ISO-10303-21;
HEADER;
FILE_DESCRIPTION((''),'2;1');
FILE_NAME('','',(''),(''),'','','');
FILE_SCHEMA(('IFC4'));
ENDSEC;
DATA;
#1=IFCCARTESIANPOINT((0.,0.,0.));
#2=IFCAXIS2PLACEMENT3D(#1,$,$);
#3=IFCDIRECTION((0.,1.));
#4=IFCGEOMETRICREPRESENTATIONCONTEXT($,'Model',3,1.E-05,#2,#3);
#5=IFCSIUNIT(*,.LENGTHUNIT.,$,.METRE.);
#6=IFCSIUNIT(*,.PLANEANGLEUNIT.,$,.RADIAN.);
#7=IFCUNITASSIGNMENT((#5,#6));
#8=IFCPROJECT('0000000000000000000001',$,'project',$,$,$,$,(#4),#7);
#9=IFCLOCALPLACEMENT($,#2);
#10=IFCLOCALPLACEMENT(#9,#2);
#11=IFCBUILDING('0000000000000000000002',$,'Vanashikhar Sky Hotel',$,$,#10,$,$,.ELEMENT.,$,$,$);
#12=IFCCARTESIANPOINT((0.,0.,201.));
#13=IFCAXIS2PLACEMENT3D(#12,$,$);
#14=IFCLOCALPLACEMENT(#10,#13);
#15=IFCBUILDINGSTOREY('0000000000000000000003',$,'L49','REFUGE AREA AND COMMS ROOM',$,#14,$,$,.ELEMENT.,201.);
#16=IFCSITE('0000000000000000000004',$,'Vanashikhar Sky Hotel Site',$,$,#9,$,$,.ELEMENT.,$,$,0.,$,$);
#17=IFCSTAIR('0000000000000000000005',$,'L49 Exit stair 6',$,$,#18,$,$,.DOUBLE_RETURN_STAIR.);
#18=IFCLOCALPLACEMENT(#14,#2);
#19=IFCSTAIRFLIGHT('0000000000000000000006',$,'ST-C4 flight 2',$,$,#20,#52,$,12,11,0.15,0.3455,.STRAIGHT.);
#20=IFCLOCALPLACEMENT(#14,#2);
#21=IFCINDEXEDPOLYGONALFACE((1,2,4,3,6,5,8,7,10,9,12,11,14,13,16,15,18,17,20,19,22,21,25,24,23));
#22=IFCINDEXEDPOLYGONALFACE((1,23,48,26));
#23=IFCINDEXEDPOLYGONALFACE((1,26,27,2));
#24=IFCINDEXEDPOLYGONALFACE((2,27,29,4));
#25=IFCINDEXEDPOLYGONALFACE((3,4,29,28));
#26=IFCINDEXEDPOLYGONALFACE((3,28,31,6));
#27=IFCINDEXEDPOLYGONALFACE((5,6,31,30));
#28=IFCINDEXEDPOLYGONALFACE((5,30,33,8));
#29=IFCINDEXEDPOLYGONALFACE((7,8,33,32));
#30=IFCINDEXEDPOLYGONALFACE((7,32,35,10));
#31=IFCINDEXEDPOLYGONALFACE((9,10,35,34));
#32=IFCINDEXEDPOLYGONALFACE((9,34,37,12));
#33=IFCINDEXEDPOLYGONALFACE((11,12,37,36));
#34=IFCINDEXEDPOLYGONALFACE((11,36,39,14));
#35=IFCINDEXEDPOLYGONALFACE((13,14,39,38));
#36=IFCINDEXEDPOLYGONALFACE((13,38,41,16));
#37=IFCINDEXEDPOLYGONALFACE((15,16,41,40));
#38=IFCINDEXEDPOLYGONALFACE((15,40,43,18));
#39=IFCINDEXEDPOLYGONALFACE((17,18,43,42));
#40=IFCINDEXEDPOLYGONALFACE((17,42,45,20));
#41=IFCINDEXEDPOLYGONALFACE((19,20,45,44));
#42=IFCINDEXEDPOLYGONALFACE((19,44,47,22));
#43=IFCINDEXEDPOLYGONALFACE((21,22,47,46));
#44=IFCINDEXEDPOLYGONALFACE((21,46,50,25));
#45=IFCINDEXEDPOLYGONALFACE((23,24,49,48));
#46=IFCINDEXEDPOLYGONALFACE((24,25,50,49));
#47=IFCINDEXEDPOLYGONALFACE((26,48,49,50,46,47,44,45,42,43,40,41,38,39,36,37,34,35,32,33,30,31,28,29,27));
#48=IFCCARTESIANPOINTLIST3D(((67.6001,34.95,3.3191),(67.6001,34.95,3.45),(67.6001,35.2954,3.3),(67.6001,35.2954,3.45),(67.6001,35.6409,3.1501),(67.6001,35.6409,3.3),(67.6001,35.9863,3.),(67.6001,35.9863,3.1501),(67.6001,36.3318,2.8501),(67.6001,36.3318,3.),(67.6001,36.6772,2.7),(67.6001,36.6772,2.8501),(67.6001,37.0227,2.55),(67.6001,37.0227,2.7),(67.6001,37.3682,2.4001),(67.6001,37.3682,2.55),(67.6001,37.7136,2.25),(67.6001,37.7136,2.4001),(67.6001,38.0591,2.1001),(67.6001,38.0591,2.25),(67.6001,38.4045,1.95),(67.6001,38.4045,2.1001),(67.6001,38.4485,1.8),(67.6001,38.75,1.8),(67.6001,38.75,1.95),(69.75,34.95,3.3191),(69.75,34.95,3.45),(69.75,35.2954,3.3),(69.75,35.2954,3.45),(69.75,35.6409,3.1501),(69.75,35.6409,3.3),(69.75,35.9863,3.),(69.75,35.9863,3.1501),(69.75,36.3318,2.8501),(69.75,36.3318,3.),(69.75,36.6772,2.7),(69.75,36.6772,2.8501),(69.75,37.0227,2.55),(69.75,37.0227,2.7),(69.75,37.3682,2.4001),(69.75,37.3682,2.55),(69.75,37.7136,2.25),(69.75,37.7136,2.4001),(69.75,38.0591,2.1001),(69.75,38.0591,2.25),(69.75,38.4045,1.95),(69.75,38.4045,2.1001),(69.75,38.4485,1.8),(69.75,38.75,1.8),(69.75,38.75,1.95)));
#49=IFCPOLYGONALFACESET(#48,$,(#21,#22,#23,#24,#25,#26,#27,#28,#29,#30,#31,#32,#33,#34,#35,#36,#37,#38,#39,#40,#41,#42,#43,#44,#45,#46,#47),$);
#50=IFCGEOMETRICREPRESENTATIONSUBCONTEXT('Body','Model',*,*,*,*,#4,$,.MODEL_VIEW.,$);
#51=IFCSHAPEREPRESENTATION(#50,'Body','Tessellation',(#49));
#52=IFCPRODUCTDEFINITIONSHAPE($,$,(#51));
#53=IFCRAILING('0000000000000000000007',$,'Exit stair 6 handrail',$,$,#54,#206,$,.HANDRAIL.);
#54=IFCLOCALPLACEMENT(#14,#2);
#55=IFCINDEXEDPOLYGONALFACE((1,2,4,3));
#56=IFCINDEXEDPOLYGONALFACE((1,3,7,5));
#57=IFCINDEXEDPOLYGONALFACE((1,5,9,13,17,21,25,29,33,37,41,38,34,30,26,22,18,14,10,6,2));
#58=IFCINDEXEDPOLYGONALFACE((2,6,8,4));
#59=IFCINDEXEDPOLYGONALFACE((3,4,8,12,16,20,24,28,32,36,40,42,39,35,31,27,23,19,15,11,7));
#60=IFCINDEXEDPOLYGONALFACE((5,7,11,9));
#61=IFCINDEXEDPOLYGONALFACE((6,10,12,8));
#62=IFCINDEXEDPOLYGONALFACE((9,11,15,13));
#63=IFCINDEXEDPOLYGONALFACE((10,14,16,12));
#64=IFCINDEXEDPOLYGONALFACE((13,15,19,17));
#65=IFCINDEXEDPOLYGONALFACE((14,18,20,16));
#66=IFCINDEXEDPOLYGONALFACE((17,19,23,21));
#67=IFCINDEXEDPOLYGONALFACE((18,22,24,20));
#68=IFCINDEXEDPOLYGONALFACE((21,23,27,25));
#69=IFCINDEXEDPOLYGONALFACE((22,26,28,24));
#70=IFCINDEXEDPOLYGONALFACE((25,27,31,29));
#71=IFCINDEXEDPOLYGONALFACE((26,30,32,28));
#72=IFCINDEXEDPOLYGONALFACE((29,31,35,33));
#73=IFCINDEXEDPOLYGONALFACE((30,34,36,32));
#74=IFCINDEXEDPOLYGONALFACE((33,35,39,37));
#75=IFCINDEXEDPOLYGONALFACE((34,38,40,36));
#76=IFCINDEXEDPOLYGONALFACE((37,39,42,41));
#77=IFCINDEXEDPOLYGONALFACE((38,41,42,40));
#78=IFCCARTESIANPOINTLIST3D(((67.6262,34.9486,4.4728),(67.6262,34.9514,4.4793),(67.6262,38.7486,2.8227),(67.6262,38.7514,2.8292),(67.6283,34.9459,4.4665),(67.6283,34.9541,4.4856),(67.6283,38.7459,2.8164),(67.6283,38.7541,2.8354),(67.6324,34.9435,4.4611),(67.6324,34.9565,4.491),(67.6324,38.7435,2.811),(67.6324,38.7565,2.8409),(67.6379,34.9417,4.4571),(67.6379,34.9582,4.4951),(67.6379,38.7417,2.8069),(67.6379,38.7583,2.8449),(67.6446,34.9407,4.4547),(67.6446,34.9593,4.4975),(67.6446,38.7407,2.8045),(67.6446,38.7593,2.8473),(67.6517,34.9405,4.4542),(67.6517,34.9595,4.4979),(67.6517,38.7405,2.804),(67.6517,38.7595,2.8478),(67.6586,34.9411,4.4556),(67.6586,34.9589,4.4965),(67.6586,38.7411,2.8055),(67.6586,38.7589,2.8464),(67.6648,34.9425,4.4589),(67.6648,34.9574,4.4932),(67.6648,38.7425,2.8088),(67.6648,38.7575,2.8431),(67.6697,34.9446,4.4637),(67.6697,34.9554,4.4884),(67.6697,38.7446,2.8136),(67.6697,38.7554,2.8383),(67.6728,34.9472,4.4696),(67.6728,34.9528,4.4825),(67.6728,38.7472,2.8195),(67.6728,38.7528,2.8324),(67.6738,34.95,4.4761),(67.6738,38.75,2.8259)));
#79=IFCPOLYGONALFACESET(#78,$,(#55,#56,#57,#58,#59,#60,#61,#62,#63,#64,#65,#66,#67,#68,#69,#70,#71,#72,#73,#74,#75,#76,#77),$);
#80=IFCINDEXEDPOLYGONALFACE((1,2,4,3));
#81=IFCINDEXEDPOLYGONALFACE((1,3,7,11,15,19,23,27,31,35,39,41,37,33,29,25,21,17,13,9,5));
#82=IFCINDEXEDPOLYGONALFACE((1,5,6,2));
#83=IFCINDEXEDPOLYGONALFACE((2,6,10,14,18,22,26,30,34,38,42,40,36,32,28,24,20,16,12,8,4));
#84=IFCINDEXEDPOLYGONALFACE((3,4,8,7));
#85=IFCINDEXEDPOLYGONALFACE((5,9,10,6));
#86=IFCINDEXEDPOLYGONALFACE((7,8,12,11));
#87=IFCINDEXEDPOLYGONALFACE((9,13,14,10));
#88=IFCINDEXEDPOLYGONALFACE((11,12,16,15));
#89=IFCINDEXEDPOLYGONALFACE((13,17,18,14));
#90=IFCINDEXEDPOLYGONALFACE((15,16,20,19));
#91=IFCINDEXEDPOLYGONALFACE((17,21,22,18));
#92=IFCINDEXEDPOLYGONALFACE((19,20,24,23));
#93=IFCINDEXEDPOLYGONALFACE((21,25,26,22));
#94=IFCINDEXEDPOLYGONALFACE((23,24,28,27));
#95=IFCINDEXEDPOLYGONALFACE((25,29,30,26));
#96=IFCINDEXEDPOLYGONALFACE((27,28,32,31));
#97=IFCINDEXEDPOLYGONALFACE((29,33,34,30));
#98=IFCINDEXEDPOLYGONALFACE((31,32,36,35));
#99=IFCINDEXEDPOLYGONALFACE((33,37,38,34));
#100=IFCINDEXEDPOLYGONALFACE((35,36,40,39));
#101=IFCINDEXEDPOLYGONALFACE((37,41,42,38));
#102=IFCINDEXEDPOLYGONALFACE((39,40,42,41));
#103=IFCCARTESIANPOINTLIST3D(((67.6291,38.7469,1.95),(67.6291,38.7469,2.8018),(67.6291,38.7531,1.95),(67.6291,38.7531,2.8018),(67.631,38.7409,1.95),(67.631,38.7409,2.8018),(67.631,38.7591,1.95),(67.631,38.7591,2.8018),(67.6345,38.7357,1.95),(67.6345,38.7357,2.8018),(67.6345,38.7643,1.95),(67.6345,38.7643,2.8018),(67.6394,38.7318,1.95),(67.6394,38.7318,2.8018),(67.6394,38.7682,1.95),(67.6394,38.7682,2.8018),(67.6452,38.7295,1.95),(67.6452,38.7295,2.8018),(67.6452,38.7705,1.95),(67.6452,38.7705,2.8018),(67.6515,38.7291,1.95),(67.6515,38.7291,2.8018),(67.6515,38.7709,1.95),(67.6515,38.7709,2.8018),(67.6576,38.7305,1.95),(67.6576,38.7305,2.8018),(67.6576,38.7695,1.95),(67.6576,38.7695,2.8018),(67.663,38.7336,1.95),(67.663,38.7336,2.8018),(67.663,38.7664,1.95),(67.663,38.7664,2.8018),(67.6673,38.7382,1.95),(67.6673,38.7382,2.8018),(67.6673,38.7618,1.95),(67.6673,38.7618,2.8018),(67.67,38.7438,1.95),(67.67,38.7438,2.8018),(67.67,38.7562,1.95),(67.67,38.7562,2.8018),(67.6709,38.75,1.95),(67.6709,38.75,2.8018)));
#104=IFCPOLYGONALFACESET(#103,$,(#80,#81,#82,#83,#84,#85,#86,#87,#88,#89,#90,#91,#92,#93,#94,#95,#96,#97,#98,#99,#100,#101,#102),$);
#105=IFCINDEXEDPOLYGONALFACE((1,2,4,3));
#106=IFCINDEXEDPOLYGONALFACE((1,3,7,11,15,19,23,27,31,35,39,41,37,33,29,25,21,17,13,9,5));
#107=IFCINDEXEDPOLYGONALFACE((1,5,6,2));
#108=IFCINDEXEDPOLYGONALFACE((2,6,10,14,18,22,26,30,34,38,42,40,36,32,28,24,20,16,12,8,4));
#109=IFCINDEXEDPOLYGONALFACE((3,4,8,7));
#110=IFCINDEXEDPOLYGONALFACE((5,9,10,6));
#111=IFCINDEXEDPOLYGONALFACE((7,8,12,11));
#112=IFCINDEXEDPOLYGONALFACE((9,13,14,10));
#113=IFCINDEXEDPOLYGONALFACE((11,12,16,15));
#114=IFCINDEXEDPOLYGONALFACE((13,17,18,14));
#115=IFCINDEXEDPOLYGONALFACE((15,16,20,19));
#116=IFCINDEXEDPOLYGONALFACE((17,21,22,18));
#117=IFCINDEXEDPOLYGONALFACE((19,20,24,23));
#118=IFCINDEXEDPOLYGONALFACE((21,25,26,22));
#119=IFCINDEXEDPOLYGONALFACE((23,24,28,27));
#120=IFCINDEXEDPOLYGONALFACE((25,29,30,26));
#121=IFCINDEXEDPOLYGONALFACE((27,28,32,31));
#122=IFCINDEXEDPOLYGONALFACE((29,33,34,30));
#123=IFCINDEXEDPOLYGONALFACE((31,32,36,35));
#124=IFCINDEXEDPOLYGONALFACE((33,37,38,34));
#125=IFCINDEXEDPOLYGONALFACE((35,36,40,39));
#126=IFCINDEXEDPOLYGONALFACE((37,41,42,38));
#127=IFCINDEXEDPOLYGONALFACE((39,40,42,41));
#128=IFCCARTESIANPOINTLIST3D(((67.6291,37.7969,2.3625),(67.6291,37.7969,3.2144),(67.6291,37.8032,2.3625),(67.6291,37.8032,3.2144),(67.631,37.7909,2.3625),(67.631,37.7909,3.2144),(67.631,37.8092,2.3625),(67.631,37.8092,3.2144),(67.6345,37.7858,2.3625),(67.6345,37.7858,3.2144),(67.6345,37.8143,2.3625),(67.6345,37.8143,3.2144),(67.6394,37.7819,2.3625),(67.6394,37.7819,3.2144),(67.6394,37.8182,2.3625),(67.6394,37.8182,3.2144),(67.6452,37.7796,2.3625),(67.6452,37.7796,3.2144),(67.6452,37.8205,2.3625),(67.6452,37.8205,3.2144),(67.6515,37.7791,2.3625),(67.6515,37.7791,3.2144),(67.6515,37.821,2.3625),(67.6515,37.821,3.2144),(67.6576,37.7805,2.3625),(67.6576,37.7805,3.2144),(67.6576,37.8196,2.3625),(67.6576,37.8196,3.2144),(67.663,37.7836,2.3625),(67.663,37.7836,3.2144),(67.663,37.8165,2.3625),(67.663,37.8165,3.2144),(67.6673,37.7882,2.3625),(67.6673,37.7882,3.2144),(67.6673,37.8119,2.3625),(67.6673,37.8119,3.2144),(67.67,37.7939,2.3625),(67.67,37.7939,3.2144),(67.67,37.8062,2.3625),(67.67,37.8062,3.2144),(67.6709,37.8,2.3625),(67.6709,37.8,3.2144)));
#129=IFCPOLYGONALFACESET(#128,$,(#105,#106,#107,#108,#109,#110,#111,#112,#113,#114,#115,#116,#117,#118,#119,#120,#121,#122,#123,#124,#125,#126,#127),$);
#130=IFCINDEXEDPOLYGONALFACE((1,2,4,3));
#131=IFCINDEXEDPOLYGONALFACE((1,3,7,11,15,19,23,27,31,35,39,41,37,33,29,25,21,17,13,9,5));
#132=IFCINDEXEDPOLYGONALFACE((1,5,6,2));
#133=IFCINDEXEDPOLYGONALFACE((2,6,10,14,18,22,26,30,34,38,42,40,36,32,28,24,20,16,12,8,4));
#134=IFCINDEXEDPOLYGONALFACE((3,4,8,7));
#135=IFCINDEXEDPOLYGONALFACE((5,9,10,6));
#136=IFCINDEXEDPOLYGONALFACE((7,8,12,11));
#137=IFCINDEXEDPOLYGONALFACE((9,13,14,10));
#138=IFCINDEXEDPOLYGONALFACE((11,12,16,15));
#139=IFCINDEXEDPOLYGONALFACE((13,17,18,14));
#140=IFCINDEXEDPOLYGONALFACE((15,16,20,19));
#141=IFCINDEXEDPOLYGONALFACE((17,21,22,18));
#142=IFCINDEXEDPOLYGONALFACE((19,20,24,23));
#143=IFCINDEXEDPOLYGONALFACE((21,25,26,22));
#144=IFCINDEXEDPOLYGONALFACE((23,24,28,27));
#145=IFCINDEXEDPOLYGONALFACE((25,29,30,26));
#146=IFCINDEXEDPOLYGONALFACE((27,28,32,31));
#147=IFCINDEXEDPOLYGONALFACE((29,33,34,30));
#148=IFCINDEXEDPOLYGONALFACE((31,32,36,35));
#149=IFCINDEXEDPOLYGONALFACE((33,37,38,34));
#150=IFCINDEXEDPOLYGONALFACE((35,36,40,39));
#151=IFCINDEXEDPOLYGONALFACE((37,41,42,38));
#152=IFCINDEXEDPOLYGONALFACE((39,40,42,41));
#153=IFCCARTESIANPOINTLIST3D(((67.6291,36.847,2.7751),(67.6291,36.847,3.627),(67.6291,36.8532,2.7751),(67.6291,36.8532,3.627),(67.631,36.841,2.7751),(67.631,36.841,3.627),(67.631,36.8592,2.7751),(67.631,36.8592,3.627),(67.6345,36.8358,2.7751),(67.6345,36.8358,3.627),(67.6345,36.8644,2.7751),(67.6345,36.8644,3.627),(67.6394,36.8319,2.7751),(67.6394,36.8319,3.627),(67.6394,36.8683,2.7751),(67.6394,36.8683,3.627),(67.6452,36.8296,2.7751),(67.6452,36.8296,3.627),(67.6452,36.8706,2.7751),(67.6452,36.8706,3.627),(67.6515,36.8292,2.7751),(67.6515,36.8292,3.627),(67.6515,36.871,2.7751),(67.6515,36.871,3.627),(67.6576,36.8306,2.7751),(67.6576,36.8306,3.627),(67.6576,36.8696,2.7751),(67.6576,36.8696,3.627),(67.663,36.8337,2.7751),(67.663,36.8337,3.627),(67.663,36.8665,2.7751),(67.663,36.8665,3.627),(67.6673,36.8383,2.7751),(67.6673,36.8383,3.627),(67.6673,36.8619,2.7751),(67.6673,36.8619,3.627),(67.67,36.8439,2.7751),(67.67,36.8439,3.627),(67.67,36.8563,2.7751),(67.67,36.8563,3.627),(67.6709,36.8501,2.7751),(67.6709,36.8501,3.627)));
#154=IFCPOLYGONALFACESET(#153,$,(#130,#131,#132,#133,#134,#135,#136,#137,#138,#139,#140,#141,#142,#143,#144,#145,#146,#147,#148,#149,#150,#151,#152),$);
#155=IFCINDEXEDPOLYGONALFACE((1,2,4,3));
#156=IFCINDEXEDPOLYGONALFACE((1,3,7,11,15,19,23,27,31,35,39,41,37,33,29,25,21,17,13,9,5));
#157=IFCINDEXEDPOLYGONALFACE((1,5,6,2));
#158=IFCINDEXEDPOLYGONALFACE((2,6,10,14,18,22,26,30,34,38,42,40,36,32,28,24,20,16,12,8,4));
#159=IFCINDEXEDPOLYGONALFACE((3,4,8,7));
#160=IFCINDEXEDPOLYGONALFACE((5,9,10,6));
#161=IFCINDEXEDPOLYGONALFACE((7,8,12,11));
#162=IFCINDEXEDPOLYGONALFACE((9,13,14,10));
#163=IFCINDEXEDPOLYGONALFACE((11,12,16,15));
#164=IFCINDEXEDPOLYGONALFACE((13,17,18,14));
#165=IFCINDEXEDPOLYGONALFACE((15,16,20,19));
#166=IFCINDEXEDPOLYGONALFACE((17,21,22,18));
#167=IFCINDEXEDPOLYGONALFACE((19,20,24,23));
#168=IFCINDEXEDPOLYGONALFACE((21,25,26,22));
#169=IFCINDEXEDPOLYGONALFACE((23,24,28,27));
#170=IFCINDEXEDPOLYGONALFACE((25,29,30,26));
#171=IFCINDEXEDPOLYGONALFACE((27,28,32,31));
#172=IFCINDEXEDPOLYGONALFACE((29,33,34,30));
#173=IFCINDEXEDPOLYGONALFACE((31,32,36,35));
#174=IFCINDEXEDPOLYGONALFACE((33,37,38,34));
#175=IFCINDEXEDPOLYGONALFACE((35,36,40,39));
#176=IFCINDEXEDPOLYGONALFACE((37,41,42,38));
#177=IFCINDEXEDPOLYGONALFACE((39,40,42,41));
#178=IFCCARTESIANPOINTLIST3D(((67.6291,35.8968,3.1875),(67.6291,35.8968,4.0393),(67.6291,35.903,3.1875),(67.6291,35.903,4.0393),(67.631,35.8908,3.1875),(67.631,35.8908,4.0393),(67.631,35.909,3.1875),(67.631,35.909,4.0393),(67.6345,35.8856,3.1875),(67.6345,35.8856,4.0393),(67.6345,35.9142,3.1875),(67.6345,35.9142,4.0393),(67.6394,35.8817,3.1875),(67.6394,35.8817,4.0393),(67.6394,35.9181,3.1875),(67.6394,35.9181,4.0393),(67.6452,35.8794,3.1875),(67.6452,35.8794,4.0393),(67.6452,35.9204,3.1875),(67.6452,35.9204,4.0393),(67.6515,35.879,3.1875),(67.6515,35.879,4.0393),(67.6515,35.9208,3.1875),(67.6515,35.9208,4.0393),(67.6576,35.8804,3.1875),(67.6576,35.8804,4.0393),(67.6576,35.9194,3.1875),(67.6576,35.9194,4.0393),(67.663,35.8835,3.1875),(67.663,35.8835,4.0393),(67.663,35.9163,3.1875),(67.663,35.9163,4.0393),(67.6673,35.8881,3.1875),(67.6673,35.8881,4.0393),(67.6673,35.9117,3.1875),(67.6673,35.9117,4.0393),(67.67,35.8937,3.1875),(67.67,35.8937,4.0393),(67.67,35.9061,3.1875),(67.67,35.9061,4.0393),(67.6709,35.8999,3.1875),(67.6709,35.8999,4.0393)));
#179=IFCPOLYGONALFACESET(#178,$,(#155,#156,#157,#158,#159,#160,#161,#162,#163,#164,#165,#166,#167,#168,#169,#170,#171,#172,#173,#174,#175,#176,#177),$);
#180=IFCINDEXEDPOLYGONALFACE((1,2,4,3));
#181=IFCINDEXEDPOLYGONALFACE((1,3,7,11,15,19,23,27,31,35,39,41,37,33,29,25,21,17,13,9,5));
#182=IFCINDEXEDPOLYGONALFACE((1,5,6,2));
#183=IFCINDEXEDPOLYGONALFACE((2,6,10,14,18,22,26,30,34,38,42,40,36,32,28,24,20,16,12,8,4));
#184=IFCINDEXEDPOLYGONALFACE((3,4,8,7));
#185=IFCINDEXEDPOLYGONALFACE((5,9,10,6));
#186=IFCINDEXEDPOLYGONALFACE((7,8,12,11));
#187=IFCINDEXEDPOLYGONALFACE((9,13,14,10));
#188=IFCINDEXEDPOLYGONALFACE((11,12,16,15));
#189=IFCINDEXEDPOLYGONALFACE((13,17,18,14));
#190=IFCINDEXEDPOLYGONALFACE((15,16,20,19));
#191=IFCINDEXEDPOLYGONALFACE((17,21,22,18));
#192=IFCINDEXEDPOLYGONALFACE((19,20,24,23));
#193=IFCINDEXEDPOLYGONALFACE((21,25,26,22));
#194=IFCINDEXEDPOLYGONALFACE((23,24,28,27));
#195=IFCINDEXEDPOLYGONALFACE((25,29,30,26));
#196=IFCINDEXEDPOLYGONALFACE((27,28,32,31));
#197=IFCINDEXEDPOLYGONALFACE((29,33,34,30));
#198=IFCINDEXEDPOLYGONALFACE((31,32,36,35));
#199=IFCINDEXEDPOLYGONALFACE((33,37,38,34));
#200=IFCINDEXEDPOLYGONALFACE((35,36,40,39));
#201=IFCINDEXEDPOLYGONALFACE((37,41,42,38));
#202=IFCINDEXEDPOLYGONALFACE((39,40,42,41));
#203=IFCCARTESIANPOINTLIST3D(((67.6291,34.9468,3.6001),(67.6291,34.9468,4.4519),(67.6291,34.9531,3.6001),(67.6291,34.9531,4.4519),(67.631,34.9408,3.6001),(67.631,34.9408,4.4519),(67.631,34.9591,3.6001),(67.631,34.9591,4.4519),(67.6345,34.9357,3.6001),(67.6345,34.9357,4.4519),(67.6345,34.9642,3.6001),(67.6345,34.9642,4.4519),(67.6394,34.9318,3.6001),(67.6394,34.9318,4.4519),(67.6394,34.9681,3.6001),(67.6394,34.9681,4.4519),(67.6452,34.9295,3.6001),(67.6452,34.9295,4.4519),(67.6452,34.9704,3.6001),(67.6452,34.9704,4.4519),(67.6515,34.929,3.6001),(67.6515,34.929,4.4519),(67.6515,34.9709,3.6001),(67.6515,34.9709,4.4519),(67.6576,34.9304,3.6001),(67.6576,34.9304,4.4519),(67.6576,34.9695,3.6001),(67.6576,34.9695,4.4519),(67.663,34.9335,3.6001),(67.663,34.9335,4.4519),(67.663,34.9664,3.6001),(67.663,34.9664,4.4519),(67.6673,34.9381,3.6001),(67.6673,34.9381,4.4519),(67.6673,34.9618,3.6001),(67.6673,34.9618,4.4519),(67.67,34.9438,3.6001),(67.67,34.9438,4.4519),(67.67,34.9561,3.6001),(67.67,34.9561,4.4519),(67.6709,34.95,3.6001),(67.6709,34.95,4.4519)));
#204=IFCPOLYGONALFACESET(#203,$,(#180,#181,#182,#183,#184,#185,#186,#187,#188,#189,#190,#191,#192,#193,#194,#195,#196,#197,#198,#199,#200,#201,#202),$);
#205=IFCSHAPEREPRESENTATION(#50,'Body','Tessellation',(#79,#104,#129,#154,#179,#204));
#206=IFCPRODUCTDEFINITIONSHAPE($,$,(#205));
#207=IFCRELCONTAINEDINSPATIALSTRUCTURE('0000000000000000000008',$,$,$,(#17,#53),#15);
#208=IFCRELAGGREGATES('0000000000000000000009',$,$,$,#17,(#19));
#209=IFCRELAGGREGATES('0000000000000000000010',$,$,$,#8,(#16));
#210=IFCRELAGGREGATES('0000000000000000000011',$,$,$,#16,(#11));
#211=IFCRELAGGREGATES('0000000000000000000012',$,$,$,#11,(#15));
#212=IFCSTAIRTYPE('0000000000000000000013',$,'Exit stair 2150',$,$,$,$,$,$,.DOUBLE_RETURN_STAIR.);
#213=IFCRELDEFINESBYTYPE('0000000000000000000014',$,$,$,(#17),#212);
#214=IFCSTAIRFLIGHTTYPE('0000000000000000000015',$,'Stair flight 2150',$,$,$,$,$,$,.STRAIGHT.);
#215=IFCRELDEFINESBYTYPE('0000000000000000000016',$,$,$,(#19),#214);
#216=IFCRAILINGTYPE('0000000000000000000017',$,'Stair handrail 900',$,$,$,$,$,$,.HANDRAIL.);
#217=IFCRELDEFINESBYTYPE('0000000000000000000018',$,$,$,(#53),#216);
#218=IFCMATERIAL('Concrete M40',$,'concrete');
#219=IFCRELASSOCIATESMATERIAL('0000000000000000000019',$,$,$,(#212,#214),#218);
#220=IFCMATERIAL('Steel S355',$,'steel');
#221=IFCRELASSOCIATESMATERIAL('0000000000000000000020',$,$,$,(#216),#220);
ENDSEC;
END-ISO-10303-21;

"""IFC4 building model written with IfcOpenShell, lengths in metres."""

from ifc_helpers import new_model, si_unit, direction, frame, origin, origin_2d, place, context, subcontext, project, spatial, polyline, circle, outline, extrude, source, transform, mapped, material, type_object, element, aggregate, save


model = new_model("IFC4")

# Units and contexts
model_context = context("Model", 3, precision=1e-05, world=origin(), true_north=direction((0.0, 1.0)))
body_context = subcontext(model_context, "Body", "Model", "MODEL_VIEW")
ifc_project = project(units=[si_unit("LENGTHUNIT", "METRE"), si_unit("PLANEANGLEUNIT", "RADIAN")], contexts=[model_context])

# Site, building, storey
site_placement = place(None, origin())
site = spatial("IfcSite", under=ifc_project, at=site_placement, Name="Vanashikhar Sky Hotel Site", CompositionType="ELEMENT", RefElevation=0.0)
building_placement = place(site_placement, origin())
building = spatial("IfcBuilding", under=site, at=building_placement, Name="Vanashikhar Sky Hotel", CompositionType="ELEMENT")
storey_placement = place(building_placement, frame((0.0, 0.0, 201.0)))
storey = spatial("IfcBuildingStorey", under=building, at=storey_placement, Name="L49", Description="REFUGE AREA AND COMMS ROOM", CompositionType="ELEMENT", Elevation=201.0)

# Stair, stair flight
ifc_material_1 = material(Name="Concrete M40", Category="concrete")
stair_type = type_object("IfcStairType", Name="Exit stair 2150", PredefinedType="DOUBLE_RETURN_STAIR", material=ifc_material_1)
stair_placement = place(storey_placement, origin())
stair = element("IfcStair", 1, at=stair_placement, inside=storey, type_object=stair_type, Name="L49 Exit stair 6", PredefinedType="DOUBLE_RETURN_STAIR")
stair_flight_type = type_object("IfcStairFlightType", Name="Stair flight 2150", PredefinedType="STRAIGHT", material=ifc_material_1)
shared_shape_1 = source(origin(), body_context, "Body", "SweptSolid", [
    extrude(outline(polyline([(0.0, 0.0), (0.0, 0.1499), (0.3455, 0.1499), (0.3455, 0.3), (0.6909, 0.3), (0.6909, 0.45), (1.0364, 0.45), (1.0364, 0.6001), (1.3818, 0.6001), (1.3818, 0.75), (1.7273, 0.75), (1.7273, 0.8999), (2.0728, 0.8999), (2.0728, 1.05), (2.4182, 1.05), (2.4182, 1.2), (2.7637, 1.2), (2.7637, 1.3501), (3.1091, 1.3501), (3.1091, 1.5), (3.4546, 1.5), (3.4546, 1.6499), (3.8, 1.6499), (3.8, 1.8), (3.8, 1.519), (0.3015, 0.0), (0.0, 0.0)])), frame((0.0, 1.075, 0.0), z_axis=(0.0, -1.0, 0.0), x_axis=(1.0, 0.0, 0.0)), (0.0, 0.0, 1.0), 2.1499),
])
stair_flight_placement = place(storey_placement, frame((68.675, 38.75, 1.8), z_axis=(0.0, 0.0, 1.0), x_axis=(0.0, -1.0, 0.0)))
stair_flight = element("IfcStairFlight", 2, at=stair_flight_placement, type_object=stair_flight_type, Name="ST-C4 flight 2", NumberOfRisers=12, NumberOfTreads=11, PredefinedType="STRAIGHT", RiserHeight=0.15, TreadLength=0.3455, context=body_context, shape_type="MappedRepresentation", body=[
    mapped(shared_shape_1, transform((0.0, 0.0, 0.0), scale=1.0)),
])
aggregate(stair, [stair_flight])

# Railing
ifc_material_2 = material(Name="Steel S355", Category="steel")
railing_type = type_object("IfcRailingType", Name="Stair handrail 900", PredefinedType="HANDRAIL", material=ifc_material_2)
shared_shape_2 = source(origin(), body_context, "Body", "SweptSolid", [
    extrude(circle(Radius=0.0239, at=origin_2d()), frame((0.0, 0.0, 0.876), z_axis=(0.0, -0.917251, 0.39831), x_axis=(1.0, 0.0, 0.0)), (0.0, 0.0, 1.0), 4.1428),
    extrude(circle(Radius=0.021, at=origin_2d()), origin(), (0.0, 0.0, 1.0), 0.8518),
    extrude(circle(Radius=0.021, at=origin_2d()), frame((0.0, -0.95, 0.4126)), (0.0, 0.0, 1.0), 0.8518),
    extrude(circle(Radius=0.021, at=origin_2d()), frame((0.0, -1.8999, 0.8252)), (0.0, 0.0, 1.0), 0.8518),
    extrude(circle(Radius=0.021, at=origin_2d()), frame((0.0, -2.8501, 1.2375)), (0.0, 0.0, 1.0), 0.8518),
    extrude(circle(Radius=0.021, at=origin_2d()), frame((0.0, -3.8, 1.6501)), (0.0, 0.0, 1.0), 0.8518),
])
railing_placement = place(storey_placement, frame((67.6499, 38.75, 1.95)))
element("IfcRailing", 3, at=railing_placement, inside=storey, type_object=railing_type, Name="Exit stair 6 handrail", PredefinedType="HANDRAIL", context=body_context, shape_type="MappedRepresentation", body=[
    mapped(shared_shape_2, transform((0.0, 0.0, 0.0), scale=1.0)),
])

save(model, "model.ifc")
